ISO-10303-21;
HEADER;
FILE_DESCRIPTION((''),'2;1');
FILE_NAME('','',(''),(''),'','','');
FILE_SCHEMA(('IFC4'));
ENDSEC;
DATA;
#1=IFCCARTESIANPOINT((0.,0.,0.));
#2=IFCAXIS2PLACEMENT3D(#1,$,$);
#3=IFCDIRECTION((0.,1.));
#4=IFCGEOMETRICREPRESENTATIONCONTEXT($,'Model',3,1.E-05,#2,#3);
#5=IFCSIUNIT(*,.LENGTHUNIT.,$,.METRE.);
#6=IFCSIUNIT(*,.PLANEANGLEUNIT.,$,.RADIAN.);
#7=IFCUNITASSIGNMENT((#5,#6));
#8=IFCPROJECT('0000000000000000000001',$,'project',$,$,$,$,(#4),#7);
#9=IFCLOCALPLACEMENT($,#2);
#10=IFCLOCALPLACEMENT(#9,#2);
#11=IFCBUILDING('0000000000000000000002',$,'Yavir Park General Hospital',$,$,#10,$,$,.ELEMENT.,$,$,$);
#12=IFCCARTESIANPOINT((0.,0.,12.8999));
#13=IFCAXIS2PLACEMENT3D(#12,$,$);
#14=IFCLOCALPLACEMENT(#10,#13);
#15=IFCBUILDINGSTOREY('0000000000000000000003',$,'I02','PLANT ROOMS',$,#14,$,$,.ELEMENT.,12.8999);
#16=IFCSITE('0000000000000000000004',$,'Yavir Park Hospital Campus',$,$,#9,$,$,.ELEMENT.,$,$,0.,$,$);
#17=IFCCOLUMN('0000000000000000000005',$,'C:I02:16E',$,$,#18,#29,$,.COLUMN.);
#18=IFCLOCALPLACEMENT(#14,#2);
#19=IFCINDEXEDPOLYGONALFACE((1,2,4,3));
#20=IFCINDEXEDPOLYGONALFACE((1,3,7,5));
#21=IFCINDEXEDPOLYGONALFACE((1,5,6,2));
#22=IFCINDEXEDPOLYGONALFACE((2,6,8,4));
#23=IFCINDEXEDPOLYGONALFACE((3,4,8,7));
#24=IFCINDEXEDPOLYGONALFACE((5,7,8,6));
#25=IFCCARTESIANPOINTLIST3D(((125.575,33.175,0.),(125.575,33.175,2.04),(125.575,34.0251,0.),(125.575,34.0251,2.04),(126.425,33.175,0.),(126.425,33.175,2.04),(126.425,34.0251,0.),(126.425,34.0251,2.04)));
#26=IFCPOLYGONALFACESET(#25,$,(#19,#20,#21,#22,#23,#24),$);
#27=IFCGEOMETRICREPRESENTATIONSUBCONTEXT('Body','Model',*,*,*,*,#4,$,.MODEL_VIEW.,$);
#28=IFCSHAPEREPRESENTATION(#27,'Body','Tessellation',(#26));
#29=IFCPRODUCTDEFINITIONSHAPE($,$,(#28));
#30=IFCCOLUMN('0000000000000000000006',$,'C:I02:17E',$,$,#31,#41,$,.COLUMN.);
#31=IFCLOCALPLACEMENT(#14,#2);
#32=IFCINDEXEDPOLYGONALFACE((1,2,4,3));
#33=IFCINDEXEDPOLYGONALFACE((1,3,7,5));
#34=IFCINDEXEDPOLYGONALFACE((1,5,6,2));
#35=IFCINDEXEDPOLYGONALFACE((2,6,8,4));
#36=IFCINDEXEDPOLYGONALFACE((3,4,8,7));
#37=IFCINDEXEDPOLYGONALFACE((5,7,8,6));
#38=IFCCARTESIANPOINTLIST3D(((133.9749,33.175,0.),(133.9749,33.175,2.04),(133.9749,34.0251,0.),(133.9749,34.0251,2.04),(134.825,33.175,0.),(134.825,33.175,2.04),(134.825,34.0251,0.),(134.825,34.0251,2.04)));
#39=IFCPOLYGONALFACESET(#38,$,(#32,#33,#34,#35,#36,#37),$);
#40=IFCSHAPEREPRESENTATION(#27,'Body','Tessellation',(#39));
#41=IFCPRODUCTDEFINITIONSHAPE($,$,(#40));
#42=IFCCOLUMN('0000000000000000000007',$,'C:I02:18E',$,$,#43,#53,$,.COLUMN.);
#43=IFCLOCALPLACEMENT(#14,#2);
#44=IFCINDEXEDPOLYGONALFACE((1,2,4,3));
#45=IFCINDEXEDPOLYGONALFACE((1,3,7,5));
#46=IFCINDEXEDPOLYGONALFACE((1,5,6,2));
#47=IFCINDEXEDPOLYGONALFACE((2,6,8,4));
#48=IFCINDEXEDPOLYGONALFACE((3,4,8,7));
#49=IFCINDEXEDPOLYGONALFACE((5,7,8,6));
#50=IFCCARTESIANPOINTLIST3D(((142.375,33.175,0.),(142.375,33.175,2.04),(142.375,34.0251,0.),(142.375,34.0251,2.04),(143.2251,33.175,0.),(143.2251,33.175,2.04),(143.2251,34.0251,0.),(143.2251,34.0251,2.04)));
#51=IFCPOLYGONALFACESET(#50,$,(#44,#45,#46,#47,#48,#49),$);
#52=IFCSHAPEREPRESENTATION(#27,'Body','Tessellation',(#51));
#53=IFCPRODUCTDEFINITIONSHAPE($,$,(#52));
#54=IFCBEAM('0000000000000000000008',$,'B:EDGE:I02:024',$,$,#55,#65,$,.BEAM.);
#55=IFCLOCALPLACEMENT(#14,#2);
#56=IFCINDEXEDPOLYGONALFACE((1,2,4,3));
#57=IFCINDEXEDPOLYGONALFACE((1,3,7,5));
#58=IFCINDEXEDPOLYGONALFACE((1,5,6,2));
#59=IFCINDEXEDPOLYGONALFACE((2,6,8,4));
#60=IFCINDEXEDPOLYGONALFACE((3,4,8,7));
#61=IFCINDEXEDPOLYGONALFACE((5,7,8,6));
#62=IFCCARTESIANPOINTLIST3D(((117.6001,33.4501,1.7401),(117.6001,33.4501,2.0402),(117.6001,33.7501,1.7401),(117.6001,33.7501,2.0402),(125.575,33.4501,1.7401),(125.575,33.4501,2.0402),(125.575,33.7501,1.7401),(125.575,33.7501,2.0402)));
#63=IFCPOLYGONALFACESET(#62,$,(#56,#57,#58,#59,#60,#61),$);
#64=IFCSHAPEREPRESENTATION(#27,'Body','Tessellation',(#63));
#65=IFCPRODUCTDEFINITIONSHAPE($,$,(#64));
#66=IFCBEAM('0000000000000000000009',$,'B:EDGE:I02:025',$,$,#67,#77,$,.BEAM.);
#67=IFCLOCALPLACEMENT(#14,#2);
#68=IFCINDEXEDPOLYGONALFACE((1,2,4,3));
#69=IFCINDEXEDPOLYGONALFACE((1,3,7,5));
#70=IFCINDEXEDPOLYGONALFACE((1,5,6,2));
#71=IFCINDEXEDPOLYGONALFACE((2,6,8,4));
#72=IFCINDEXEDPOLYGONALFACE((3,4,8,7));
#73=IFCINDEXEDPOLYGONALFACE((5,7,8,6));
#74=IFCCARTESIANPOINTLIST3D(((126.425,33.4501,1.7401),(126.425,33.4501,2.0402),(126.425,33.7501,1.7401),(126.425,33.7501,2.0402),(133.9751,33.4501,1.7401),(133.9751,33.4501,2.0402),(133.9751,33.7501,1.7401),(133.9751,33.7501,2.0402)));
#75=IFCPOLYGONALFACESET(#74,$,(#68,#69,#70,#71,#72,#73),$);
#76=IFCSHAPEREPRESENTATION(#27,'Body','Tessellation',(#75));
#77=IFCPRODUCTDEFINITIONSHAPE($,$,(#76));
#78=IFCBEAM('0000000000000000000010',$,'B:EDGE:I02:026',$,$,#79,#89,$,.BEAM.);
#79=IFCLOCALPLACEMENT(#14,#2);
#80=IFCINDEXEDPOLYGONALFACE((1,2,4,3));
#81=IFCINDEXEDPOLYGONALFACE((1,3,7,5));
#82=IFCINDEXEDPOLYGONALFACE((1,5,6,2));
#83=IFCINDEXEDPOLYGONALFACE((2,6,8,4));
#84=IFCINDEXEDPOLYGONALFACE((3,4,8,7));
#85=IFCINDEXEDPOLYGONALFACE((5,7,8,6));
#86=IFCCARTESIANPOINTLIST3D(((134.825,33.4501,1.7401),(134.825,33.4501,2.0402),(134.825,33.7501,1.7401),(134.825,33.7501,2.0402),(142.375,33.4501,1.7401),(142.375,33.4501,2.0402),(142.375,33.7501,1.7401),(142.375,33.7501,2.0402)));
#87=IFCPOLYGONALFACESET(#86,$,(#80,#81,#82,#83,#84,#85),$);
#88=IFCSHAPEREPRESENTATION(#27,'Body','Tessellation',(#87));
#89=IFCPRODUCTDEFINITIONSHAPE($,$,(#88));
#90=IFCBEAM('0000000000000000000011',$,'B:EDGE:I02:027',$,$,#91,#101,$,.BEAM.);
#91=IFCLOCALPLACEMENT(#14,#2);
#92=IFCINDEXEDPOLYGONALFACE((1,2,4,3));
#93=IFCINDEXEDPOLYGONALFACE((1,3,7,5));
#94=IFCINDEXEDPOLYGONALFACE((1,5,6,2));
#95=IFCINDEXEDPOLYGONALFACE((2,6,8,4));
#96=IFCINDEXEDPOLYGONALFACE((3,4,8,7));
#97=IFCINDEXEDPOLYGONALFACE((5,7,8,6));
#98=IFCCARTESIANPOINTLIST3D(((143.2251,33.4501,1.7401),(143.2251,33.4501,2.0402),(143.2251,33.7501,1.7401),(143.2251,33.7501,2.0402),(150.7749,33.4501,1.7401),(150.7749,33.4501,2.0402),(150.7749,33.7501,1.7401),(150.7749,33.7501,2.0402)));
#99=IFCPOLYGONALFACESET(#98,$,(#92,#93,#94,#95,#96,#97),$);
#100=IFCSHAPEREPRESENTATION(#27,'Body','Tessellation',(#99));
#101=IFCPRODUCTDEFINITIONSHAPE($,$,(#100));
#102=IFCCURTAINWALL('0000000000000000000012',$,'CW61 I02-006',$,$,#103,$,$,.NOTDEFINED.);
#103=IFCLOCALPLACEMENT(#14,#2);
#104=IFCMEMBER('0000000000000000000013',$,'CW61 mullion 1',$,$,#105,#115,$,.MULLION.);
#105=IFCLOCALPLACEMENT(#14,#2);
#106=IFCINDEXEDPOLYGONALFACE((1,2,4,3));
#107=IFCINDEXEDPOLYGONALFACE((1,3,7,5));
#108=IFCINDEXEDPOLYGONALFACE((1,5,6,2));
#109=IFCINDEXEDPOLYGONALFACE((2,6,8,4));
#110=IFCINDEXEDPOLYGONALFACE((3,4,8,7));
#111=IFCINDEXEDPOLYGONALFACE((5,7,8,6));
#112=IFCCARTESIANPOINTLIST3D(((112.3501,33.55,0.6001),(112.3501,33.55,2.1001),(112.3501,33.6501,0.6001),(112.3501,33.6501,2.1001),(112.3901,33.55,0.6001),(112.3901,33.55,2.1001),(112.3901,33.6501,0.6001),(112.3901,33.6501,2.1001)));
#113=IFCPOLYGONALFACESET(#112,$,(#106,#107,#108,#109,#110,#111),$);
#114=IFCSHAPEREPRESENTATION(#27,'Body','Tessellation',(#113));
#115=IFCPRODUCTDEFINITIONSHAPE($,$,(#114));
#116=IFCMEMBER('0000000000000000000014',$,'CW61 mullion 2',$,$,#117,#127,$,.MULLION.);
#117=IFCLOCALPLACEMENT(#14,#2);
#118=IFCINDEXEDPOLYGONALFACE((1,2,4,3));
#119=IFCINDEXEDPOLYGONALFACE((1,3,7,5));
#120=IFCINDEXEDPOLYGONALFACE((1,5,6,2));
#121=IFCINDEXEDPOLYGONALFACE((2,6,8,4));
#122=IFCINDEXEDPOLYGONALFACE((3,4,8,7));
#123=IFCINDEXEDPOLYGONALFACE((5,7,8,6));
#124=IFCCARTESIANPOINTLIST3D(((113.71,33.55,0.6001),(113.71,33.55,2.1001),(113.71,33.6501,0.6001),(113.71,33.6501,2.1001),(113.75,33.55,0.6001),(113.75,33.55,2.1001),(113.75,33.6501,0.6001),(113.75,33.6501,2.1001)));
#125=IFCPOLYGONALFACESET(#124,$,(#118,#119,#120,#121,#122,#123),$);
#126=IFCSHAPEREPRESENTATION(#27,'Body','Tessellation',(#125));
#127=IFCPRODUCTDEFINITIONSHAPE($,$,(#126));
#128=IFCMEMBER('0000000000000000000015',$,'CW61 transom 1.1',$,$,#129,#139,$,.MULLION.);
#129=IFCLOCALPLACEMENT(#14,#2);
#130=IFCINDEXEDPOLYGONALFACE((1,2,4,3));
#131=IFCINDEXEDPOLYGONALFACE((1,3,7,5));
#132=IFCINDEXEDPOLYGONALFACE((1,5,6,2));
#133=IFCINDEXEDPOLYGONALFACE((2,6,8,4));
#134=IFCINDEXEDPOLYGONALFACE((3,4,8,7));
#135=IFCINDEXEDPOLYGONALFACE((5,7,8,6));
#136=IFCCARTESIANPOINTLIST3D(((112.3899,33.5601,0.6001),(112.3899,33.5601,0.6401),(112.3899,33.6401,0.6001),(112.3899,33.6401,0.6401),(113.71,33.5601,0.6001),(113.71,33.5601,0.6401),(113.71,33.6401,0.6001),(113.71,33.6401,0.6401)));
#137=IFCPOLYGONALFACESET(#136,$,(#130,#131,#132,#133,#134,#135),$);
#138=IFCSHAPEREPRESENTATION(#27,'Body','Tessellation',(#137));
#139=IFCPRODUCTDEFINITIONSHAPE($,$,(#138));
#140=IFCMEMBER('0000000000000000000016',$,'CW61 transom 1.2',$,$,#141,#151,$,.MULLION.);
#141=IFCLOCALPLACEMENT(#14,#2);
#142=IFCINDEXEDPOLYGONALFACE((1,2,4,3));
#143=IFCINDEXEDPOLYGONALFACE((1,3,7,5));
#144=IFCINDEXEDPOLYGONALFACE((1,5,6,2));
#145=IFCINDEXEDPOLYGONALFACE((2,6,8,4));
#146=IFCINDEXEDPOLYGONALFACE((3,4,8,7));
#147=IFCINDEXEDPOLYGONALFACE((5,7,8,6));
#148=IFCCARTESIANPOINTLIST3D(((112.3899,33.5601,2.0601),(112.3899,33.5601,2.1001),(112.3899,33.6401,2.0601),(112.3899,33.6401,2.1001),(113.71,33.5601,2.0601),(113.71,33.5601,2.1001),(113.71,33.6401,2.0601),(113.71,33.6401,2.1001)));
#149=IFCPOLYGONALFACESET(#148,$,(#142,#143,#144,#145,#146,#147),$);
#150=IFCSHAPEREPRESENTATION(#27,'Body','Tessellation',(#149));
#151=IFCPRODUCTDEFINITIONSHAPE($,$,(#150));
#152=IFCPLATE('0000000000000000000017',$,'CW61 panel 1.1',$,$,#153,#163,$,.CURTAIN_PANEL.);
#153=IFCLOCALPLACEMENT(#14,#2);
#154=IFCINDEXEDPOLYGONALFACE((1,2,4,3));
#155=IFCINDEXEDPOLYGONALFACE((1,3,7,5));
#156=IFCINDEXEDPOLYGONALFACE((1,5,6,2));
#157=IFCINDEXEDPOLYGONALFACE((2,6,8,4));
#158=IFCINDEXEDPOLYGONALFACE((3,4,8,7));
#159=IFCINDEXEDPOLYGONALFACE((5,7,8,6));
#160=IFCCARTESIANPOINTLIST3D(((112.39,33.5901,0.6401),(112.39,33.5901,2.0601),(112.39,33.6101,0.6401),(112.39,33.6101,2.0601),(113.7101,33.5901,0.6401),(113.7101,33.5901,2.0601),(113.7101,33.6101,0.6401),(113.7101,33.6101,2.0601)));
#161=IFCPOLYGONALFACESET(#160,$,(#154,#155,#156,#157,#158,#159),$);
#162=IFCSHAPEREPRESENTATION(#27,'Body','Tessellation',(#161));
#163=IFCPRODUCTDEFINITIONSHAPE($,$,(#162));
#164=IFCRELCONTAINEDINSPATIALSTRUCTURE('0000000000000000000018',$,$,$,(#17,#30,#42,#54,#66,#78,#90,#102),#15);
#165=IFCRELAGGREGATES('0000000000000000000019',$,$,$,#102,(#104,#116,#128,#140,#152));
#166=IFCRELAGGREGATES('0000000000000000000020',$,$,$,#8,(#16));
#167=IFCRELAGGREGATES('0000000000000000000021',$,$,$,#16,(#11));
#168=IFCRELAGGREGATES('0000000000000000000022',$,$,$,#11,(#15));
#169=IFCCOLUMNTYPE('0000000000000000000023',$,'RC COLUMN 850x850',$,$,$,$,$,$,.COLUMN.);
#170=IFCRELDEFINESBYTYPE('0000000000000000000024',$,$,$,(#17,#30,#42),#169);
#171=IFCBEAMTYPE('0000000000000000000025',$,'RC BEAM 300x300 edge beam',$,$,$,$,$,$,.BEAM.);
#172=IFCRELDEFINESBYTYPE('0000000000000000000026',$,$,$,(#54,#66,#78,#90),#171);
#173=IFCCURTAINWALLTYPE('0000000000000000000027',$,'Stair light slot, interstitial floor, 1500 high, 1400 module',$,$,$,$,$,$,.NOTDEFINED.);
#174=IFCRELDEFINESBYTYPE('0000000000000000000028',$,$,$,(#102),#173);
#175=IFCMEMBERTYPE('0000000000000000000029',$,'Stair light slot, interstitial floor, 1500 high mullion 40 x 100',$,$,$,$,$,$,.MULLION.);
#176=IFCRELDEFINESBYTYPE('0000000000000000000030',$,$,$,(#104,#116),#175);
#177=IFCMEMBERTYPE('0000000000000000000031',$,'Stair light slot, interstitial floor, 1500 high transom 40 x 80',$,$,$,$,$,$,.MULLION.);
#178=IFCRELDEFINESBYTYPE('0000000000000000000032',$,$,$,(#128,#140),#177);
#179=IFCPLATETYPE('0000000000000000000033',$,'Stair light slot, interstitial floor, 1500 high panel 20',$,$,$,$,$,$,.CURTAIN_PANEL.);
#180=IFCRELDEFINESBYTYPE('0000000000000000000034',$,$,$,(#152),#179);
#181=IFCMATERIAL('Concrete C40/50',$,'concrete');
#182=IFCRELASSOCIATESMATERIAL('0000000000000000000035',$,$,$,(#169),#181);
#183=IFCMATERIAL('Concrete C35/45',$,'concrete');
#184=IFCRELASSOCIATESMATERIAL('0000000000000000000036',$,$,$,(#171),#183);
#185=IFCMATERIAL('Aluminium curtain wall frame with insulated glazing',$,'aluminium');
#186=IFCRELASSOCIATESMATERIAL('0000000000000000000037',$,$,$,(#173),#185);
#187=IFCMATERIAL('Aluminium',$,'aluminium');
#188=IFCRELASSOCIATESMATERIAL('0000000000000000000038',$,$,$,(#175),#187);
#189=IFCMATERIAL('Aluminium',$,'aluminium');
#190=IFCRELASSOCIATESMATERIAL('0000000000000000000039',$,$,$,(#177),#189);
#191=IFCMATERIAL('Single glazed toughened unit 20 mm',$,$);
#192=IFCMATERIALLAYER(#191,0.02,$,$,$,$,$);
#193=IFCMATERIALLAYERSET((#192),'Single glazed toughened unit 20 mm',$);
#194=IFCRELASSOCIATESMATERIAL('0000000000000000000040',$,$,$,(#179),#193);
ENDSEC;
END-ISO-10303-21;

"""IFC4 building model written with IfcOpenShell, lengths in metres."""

from ifc_helpers import new_model, si_unit, direction, frame, origin, origin_2d, place, context, subcontext, project, spatial, rectangle, extrude, material, layer, layer_set, material_profile, profile_set, type_object, element, aggregate, save


model = new_model("IFC4")

# Units and contexts
model_context = context("Model", 3, precision=1e-05, world=origin(), true_north=direction((0.0, 1.0)))
body_context = subcontext(model_context, "Body", "Model", "MODEL_VIEW")
ifc_project = project(units=[si_unit("LENGTHUNIT", "METRE"), si_unit("PLANEANGLEUNIT", "RADIAN")], contexts=[model_context])

# Site, building, storey
site_placement = place(None, origin())
site = spatial("IfcSite", under=ifc_project, at=site_placement, Name="Yavir Park Hospital Campus", CompositionType="ELEMENT", RefElevation=0.0)
building_placement = place(site_placement, origin())
building = spatial("IfcBuilding", under=site, at=building_placement, Name="Yavir Park General Hospital", CompositionType="ELEMENT")
storey_placement = place(building_placement, frame((0.0, 0.0, 12.8999)))
storey = spatial("IfcBuildingStorey", under=building, at=storey_placement, Name="I02", Description="PLANT ROOMS", CompositionType="ELEMENT", Elevation=12.8999)

# Columns
ifc_material_1 = material(Name="Concrete C40/50", Category="concrete")
ifc_material_profile_1 = material_profile(ifc_material_1, rectangle(XDim=0.8501, YDim=0.8501, at=origin_2d()), Name="RC850x850")
ifc_profile_set_1 = profile_set([ifc_material_profile_1], Name="Concrete C40/50")
column_type = type_object("IfcColumnType", Name="RC COLUMN 850x850", PredefinedType="COLUMN", material=ifc_profile_set_1)
for number, where, z_axis, x_axis, name in (
    (1, (126.0, 33.6001, 0.0), (0.0, 0.0, 1.0), (1.0, 0.0, 0.0), "C:I02:16E"),
    (2, (134.3999, 33.6001, 0.0), (0.0, 0.0, 1.0), (1.0, 0.0, 0.0), "C:I02:17E"),
    (3, (142.8, 33.6001, 0.0), (0.0, 0.0, 1.0), (1.0, 0.0, 0.0), "C:I02:18E"),
):
    element("IfcColumn", number, at=place(storey_placement, frame(where, z_axis=z_axis, x_axis=x_axis)), inside=storey, type_object=column_type, Name=name, PredefinedType="COLUMN", context=body_context, shape_type="SweptSolid", body=[
        extrude(rectangle(XDim=0.8501, YDim=0.8501, at=origin_2d()), origin(), (0.0, 0.0, 1.0), 2.04),
    ])

# Beams
ifc_material_2 = material(Name="Concrete C35/45", Category="concrete")
ifc_material_profile_2 = material_profile(ifc_material_2, rectangle(XDim=0.3, YDim=0.3, at=origin_2d()), Name="RC300x300")
ifc_profile_set_2 = profile_set([ifc_material_profile_2], Name="Concrete C35/45")
beam_type = type_object("IfcBeamType", Name="RC BEAM 300x300 edge beam", PredefinedType="BEAM", material=ifc_profile_set_2)
beam_1_placement = place(storey_placement, frame((117.6001, 33.6001, 1.8901), z_axis=(1.0, 0.0, 0.0), x_axis=(0.0, 1.0, 0.0)))
element("IfcBeam", 4, at=beam_1_placement, inside=storey, type_object=beam_type, Name="B:EDGE:I02:024", PredefinedType="BEAM", context=body_context, shape_type="SweptSolid", body=[
    extrude(rectangle(XDim=0.3, YDim=0.3, at=origin_2d()), origin(), (0.0, 0.0, 1.0), 7.9749),
])
for number, where, z_axis, x_axis, name in (
    (5, (126.425, 33.6001, 1.8901), (1.0, 0.0, 0.0), (0.0, 1.0, 0.0), "B:EDGE:I02:025"),
    (6, (134.825, 33.6001, 1.8901), (1.0, 0.0, 0.0), (0.0, 1.0, 0.0), "B:EDGE:I02:026"),
):
    element("IfcBeam", number, at=place(storey_placement, frame(where, z_axis=z_axis, x_axis=x_axis)), inside=storey, type_object=beam_type, Name=name, PredefinedType="BEAM", context=body_context, shape_type="SweptSolid", body=[
        extrude(rectangle(XDim=0.3, YDim=0.3, at=origin_2d()), origin(), (0.0, 0.0, 1.0), 7.55),
    ])
beam_2_placement = place(storey_placement, frame((143.2251, 33.6001, 1.8901), z_axis=(1.0, 0.0, 0.0), x_axis=(0.0, 1.0, 0.0)))
element("IfcBeam", 7, at=beam_2_placement, inside=storey, type_object=beam_type, Name="B:EDGE:I02:027", PredefinedType="BEAM", context=body_context, shape_type="SweptSolid", body=[
    extrude(rectangle(XDim=0.3, YDim=0.3, at=origin_2d()), origin(), (0.0, 0.0, 1.0), 7.5498),
])

# Curtain wall, members, plate
ifc_material_3 = material(Name="Aluminium curtain wall frame with insulated glazing", Category="aluminium")
curtain_wall_type = type_object("IfcCurtainWallType", Name="Stair light slot, interstitial floor, 1500 high, 1400 module", PredefinedType="NOTDEFINED", material=ifc_material_3)
curtain_wall_placement = place(storey_placement, origin())
curtain_wall = element("IfcCurtainWall", 8, at=curtain_wall_placement, inside=storey, type_object=curtain_wall_type, Name="CW61 I02-006", PredefinedType="NOTDEFINED")
ifc_material_4 = material(Name="Aluminium", Category="aluminium")
ifc_material_profile_3 = material_profile(ifc_material_4, rectangle(XDim=0.1001, YDim=0.04, at=origin_2d()), Name="AL 40x100")
ifc_profile_set_3 = profile_set([ifc_material_profile_3], Name="Aluminium")
member_type_1 = type_object("IfcMemberType", Name="Stair light slot, interstitial floor, 1500 high mullion 40 x 100", PredefinedType="MULLION", material=ifc_profile_set_3)
member_1_placement = place(storey_placement, frame((112.3701, 33.6001, 0.6001), z_axis=(0.0, 0.0, 1.0), x_axis=(0.0, 1.0, 0.0)))
member_1 = element("IfcMember", 9, at=member_1_placement, type_object=member_type_1, Name="CW61 mullion 1", PredefinedType="MULLION", context=body_context, shape_type="SweptSolid", body=[
    extrude(rectangle(XDim=0.1001, YDim=0.04, at=origin_2d()), origin(), (0.0, 0.0, 1.0), 1.5),
])
member_2_placement = place(storey_placement, frame((113.73, 33.6001, 0.6001), z_axis=(0.0, 0.0, 1.0), x_axis=(0.0, 1.0, 0.0)))
member_2 = element("IfcMember", 10, at=member_2_placement, type_object=member_type_1, Name="CW61 mullion 2", PredefinedType="MULLION", context=body_context, shape_type="SweptSolid", body=[
    extrude(rectangle(XDim=0.1001, YDim=0.04, at=origin_2d()), origin(), (0.0, 0.0, 1.0), 1.5),
])
ifc_material_5 = material(Name="Aluminium", Category="aluminium")
ifc_material_profile_4 = material_profile(ifc_material_5, rectangle(XDim=0.0801, YDim=0.04, at=origin_2d()), Name="AL 80x40")
ifc_profile_set_4 = profile_set([ifc_material_profile_4], Name="Aluminium")
member_type_2 = type_object("IfcMemberType", Name="Stair light slot, interstitial floor, 1500 high transom 40 x 80", PredefinedType="MULLION", material=ifc_profile_set_4)
member_3_placement = place(storey_placement, frame((112.3899, 33.6001, 0.6201), z_axis=(1.0, 0.0, 0.0), x_axis=(0.0, 1.0, 0.0)))
member_3 = element("IfcMember", 11, at=member_3_placement, type_object=member_type_2, Name="CW61 transom 1.1", PredefinedType="MULLION", context=body_context, shape_type="SweptSolid", body=[
    extrude(rectangle(XDim=0.0801, YDim=0.04, at=origin_2d()), origin(), (0.0, 0.0, 1.0), 1.3201),
])
member_4_placement = place(storey_placement, frame((112.3899, 33.6001, 2.0801), z_axis=(1.0, 0.0, 0.0), x_axis=(0.0, 1.0, 0.0)))
member_4 = element("IfcMember", 12, at=member_4_placement, type_object=member_type_2, Name="CW61 transom 1.2", PredefinedType="MULLION", context=body_context, shape_type="SweptSolid", body=[
    extrude(rectangle(XDim=0.0801, YDim=0.04, at=origin_2d()), origin(), (0.0, 0.0, 1.0), 1.3201),
])
ifc_material_6 = material(Name="Single glazed toughened unit 20 mm")
ifc_layer_1 = layer(ifc_material_6, 0.02)
ifc_layer_set_1 = layer_set([ifc_layer_1], Name="Single glazed toughened unit 20 mm")
plate_type = type_object("IfcPlateType", Name="Stair light slot, interstitial floor, 1500 high panel 20", PredefinedType="CURTAIN_PANEL", material=ifc_layer_set_1)
plate_placement = place(storey_placement, frame((113.05, 33.6001, 0.6401), z_axis=(0.0, 0.0, 1.0), x_axis=(1.0, 0.0, 0.0)))
plate = element("IfcPlate", 13, at=plate_placement, type_object=plate_type, Name="CW61 panel 1.1", PredefinedType="CURTAIN_PANEL", context=body_context, shape_type="SweptSolid", body=[
    extrude(rectangle(XDim=1.3201, YDim=0.02, at=origin_2d()), origin(), (0.0, 0.0, 1.0), 1.4199),
])
aggregate(curtain_wall, [member_1, member_2, member_3, member_4, plate])

save(model, "model.ifc")
